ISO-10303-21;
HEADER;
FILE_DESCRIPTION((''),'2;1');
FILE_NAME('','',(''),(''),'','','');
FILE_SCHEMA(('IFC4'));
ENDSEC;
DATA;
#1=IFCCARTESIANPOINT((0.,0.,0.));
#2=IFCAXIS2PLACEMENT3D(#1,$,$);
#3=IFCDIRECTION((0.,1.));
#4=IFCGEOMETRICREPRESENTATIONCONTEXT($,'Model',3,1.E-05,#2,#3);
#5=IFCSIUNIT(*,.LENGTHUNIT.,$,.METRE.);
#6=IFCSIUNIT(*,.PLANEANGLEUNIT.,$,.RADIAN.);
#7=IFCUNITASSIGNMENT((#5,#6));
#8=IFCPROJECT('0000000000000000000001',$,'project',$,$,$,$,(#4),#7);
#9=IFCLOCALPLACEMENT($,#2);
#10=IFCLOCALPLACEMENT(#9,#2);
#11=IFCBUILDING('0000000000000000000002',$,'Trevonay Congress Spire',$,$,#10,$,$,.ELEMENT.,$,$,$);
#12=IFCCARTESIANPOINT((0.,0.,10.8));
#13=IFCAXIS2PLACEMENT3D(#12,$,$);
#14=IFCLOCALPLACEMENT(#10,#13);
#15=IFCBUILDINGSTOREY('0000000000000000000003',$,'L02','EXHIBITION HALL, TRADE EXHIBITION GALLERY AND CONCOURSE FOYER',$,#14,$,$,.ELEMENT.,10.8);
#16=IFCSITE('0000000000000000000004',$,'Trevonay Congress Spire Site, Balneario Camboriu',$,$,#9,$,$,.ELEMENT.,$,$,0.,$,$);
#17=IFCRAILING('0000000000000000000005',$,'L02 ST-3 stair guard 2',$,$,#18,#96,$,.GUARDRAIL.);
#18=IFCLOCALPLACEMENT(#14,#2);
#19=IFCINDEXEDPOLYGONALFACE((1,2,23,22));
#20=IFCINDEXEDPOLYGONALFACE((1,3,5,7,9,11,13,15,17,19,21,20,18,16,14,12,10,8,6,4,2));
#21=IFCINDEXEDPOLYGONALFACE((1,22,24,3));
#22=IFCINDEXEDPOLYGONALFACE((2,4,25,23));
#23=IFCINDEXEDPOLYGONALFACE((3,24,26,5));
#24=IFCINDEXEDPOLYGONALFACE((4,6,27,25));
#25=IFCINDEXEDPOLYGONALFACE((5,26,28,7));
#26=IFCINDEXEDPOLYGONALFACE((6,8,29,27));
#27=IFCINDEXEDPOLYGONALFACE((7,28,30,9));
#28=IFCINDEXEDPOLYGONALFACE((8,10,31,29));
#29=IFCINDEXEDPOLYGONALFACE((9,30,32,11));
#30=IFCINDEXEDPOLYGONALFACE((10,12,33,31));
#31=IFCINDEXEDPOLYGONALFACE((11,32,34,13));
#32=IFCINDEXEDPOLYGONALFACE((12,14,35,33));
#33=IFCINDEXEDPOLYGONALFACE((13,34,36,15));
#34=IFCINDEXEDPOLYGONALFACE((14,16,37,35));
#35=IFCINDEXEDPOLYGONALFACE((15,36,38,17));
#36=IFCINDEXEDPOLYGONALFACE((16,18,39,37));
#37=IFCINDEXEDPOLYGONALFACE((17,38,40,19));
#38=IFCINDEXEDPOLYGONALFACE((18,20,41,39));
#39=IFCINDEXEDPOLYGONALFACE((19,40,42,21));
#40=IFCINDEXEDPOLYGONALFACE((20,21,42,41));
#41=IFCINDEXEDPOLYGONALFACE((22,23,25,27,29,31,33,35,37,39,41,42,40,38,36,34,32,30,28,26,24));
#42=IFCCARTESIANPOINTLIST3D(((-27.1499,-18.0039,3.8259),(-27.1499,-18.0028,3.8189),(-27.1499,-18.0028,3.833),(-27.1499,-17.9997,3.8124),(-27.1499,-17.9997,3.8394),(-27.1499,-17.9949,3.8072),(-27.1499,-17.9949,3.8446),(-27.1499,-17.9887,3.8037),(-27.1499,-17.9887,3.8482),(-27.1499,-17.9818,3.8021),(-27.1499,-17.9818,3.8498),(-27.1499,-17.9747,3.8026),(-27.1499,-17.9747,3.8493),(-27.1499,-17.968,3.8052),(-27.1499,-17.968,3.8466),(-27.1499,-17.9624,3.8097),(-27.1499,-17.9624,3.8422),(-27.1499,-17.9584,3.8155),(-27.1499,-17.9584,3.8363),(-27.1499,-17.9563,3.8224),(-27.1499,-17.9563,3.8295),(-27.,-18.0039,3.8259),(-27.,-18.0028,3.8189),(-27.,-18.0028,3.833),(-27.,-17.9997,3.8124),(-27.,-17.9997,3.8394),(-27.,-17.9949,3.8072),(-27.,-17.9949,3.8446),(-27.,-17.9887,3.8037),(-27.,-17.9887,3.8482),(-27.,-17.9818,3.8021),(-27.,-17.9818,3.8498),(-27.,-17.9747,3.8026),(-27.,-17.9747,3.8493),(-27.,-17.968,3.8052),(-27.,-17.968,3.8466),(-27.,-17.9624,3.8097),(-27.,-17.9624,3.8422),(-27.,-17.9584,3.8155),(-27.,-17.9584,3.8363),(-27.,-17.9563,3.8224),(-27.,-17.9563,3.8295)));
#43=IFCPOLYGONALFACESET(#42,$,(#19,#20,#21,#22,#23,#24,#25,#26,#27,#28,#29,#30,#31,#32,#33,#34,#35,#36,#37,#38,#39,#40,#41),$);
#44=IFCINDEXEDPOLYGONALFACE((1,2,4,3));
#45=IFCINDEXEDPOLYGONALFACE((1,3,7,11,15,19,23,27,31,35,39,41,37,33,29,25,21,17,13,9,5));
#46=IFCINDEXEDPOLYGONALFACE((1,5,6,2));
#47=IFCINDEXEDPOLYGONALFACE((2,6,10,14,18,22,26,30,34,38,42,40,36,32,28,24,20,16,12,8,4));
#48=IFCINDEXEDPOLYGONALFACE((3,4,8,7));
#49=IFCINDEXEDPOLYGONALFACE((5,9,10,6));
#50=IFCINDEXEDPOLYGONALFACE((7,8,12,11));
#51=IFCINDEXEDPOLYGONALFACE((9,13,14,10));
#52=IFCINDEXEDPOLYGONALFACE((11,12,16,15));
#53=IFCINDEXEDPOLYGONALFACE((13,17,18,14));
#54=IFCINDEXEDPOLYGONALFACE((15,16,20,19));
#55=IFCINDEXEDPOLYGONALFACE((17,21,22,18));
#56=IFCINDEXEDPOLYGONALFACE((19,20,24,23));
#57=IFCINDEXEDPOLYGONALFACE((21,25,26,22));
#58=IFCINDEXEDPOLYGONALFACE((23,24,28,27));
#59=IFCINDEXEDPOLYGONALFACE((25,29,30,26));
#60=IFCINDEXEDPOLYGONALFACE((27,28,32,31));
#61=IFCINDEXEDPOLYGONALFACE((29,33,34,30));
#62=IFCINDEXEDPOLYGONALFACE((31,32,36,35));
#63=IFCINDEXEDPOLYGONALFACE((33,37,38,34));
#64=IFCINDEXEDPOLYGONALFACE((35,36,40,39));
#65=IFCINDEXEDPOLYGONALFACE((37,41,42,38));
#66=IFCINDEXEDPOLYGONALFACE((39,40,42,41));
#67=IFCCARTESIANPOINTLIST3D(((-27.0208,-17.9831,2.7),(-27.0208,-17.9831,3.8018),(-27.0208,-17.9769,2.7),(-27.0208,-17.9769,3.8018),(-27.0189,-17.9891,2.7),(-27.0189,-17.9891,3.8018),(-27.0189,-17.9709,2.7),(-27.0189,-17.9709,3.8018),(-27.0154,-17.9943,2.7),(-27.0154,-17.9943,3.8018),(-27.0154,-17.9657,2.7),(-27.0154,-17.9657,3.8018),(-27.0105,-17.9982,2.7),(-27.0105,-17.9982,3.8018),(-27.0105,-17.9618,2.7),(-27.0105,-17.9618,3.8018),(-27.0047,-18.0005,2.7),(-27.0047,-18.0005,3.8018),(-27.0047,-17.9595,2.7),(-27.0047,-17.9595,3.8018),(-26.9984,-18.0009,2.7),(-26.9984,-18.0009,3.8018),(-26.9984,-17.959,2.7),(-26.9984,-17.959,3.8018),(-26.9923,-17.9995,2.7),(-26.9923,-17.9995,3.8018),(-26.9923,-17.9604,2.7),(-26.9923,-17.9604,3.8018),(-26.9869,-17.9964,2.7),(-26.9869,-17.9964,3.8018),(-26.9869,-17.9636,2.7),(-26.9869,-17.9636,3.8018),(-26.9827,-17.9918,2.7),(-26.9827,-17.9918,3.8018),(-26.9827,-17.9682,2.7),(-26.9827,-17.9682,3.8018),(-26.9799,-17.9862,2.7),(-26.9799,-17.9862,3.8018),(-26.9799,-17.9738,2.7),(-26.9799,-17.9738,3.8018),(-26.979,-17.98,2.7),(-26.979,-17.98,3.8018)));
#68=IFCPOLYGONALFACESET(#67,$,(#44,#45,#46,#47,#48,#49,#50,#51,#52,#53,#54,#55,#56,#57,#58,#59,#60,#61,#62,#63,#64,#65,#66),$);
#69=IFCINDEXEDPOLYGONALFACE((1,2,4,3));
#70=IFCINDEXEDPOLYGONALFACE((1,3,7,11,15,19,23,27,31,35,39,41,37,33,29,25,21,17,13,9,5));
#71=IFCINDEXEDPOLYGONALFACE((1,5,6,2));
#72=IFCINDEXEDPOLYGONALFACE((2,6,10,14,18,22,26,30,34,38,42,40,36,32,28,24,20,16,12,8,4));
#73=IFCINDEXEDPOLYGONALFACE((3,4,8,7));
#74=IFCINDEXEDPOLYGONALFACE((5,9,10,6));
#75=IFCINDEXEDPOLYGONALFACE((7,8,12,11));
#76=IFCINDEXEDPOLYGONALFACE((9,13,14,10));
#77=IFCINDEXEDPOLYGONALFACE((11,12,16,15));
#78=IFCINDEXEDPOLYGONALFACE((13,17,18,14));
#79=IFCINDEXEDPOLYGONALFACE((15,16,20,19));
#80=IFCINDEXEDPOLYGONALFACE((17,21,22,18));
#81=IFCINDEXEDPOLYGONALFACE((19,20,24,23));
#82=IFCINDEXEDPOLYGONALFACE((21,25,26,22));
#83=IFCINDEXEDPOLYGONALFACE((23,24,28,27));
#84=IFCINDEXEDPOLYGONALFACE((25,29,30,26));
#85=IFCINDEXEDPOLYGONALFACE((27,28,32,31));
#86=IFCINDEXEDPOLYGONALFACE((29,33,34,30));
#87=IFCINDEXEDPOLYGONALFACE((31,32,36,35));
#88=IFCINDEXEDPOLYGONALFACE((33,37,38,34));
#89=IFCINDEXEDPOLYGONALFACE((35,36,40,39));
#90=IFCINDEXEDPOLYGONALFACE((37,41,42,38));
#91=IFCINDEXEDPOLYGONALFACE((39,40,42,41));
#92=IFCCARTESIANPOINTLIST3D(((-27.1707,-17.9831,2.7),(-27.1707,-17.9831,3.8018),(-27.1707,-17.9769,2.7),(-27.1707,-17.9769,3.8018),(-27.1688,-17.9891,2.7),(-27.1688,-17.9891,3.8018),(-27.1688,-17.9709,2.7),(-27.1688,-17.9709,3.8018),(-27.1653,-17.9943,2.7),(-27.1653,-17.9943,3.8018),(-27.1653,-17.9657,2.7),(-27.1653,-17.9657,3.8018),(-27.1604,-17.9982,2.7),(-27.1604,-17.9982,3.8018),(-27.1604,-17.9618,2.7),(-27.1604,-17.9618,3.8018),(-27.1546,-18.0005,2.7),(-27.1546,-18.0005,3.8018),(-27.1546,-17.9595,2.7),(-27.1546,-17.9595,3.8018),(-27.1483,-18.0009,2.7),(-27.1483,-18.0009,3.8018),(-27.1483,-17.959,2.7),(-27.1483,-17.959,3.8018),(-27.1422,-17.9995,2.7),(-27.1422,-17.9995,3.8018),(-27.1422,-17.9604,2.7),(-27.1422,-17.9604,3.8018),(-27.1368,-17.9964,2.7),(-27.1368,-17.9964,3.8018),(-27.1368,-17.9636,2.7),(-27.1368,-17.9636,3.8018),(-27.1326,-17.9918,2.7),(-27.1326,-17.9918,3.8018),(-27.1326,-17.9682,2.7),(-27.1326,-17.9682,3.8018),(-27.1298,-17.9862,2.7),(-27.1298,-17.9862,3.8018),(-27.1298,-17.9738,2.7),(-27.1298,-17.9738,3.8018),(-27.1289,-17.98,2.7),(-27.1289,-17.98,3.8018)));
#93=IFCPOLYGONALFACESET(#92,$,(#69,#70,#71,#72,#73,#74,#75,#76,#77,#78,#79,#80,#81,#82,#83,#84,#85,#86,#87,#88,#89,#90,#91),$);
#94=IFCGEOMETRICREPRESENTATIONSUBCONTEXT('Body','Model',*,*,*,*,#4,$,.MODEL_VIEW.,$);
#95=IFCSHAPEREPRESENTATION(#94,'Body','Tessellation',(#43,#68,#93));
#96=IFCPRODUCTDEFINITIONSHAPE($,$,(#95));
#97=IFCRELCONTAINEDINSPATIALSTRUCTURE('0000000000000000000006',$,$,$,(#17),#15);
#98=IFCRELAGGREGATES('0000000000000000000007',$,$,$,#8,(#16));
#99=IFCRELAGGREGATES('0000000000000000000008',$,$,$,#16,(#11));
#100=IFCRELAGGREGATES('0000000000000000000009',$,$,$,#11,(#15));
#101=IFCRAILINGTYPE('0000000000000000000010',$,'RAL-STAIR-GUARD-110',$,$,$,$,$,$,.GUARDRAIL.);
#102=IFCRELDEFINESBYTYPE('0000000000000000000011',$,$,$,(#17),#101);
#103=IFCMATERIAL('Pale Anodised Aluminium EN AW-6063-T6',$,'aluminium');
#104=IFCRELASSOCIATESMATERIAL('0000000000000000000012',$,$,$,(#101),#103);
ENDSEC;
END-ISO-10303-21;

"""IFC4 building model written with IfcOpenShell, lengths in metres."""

from ifc_helpers import new_model, si_unit, direction, frame, origin, origin_2d, place, context, subcontext, project, spatial, circle, extrude, material, type_object, element, save


model = new_model("IFC4")

# Units and contexts
model_context = context("Model", 3, precision=1e-05, world=origin(), true_north=direction((0.0, 1.0)))
body_context = subcontext(model_context, "Body", "Model", "MODEL_VIEW")
ifc_project = project(units=[si_unit("LENGTHUNIT", "METRE"), si_unit("PLANEANGLEUNIT", "RADIAN")], contexts=[model_context])

# Site, building, storey
site_placement = place(None, origin())
site = spatial("IfcSite", under=ifc_project, at=site_placement, Name="Trevonay Congress Spire Site, Balneario Camboriu", CompositionType="ELEMENT", RefElevation=0.0)
building_placement = place(site_placement, origin())
building = spatial("IfcBuilding", under=site, at=building_placement, Name="Trevonay Congress Spire", CompositionType="ELEMENT")
storey_placement = place(building_placement, frame((0.0, 0.0, 10.8)))
storey = spatial("IfcBuildingStorey", under=building, at=storey_placement, Name="L02", Description="EXHIBITION HALL, TRADE EXHIBITION GALLERY AND CONCOURSE FOYER", CompositionType="ELEMENT", Elevation=10.8)

# Shared definitions
ifc_material_1 = material(Name="Pale Anodised Aluminium EN AW-6063-T6", Category="aluminium")

# Railing
railing_type_1 = type_object("IfcRailingType", Name="RAL-STAIR-GUARD-110", PredefinedType="GUARDRAIL", material=ifc_material_1)
railing_1_placement = place(storey_placement, frame((-27.0, -17.98, 2.7)))
element("IfcRailing", 1, at=railing_1_placement, inside=storey, type_object=railing_type_1, Name="L02 ST-3 stair guard 2", PredefinedType="GUARDRAIL", context=body_context, shape_type="SweptSolid", body=[
    extrude(circle(Radius=0.0239, at=origin_2d()), frame((0.0, 0.0, 1.126), z_axis=(-1.0, 0.0, 0.0), x_axis=(0.0, -1.0, 0.0)), (0.0, 0.0, 1.0), 0.1499),
    extrude(circle(Radius=0.021, at=origin_2d()), origin(), (0.0, 0.0, 1.0), 1.1018),
    extrude(circle(Radius=0.021, at=origin_2d()), frame((-0.1499, 0.0, 0.0)), (0.0, 0.0, 1.0), 1.1018),
])

save(model, "model.ifc")
